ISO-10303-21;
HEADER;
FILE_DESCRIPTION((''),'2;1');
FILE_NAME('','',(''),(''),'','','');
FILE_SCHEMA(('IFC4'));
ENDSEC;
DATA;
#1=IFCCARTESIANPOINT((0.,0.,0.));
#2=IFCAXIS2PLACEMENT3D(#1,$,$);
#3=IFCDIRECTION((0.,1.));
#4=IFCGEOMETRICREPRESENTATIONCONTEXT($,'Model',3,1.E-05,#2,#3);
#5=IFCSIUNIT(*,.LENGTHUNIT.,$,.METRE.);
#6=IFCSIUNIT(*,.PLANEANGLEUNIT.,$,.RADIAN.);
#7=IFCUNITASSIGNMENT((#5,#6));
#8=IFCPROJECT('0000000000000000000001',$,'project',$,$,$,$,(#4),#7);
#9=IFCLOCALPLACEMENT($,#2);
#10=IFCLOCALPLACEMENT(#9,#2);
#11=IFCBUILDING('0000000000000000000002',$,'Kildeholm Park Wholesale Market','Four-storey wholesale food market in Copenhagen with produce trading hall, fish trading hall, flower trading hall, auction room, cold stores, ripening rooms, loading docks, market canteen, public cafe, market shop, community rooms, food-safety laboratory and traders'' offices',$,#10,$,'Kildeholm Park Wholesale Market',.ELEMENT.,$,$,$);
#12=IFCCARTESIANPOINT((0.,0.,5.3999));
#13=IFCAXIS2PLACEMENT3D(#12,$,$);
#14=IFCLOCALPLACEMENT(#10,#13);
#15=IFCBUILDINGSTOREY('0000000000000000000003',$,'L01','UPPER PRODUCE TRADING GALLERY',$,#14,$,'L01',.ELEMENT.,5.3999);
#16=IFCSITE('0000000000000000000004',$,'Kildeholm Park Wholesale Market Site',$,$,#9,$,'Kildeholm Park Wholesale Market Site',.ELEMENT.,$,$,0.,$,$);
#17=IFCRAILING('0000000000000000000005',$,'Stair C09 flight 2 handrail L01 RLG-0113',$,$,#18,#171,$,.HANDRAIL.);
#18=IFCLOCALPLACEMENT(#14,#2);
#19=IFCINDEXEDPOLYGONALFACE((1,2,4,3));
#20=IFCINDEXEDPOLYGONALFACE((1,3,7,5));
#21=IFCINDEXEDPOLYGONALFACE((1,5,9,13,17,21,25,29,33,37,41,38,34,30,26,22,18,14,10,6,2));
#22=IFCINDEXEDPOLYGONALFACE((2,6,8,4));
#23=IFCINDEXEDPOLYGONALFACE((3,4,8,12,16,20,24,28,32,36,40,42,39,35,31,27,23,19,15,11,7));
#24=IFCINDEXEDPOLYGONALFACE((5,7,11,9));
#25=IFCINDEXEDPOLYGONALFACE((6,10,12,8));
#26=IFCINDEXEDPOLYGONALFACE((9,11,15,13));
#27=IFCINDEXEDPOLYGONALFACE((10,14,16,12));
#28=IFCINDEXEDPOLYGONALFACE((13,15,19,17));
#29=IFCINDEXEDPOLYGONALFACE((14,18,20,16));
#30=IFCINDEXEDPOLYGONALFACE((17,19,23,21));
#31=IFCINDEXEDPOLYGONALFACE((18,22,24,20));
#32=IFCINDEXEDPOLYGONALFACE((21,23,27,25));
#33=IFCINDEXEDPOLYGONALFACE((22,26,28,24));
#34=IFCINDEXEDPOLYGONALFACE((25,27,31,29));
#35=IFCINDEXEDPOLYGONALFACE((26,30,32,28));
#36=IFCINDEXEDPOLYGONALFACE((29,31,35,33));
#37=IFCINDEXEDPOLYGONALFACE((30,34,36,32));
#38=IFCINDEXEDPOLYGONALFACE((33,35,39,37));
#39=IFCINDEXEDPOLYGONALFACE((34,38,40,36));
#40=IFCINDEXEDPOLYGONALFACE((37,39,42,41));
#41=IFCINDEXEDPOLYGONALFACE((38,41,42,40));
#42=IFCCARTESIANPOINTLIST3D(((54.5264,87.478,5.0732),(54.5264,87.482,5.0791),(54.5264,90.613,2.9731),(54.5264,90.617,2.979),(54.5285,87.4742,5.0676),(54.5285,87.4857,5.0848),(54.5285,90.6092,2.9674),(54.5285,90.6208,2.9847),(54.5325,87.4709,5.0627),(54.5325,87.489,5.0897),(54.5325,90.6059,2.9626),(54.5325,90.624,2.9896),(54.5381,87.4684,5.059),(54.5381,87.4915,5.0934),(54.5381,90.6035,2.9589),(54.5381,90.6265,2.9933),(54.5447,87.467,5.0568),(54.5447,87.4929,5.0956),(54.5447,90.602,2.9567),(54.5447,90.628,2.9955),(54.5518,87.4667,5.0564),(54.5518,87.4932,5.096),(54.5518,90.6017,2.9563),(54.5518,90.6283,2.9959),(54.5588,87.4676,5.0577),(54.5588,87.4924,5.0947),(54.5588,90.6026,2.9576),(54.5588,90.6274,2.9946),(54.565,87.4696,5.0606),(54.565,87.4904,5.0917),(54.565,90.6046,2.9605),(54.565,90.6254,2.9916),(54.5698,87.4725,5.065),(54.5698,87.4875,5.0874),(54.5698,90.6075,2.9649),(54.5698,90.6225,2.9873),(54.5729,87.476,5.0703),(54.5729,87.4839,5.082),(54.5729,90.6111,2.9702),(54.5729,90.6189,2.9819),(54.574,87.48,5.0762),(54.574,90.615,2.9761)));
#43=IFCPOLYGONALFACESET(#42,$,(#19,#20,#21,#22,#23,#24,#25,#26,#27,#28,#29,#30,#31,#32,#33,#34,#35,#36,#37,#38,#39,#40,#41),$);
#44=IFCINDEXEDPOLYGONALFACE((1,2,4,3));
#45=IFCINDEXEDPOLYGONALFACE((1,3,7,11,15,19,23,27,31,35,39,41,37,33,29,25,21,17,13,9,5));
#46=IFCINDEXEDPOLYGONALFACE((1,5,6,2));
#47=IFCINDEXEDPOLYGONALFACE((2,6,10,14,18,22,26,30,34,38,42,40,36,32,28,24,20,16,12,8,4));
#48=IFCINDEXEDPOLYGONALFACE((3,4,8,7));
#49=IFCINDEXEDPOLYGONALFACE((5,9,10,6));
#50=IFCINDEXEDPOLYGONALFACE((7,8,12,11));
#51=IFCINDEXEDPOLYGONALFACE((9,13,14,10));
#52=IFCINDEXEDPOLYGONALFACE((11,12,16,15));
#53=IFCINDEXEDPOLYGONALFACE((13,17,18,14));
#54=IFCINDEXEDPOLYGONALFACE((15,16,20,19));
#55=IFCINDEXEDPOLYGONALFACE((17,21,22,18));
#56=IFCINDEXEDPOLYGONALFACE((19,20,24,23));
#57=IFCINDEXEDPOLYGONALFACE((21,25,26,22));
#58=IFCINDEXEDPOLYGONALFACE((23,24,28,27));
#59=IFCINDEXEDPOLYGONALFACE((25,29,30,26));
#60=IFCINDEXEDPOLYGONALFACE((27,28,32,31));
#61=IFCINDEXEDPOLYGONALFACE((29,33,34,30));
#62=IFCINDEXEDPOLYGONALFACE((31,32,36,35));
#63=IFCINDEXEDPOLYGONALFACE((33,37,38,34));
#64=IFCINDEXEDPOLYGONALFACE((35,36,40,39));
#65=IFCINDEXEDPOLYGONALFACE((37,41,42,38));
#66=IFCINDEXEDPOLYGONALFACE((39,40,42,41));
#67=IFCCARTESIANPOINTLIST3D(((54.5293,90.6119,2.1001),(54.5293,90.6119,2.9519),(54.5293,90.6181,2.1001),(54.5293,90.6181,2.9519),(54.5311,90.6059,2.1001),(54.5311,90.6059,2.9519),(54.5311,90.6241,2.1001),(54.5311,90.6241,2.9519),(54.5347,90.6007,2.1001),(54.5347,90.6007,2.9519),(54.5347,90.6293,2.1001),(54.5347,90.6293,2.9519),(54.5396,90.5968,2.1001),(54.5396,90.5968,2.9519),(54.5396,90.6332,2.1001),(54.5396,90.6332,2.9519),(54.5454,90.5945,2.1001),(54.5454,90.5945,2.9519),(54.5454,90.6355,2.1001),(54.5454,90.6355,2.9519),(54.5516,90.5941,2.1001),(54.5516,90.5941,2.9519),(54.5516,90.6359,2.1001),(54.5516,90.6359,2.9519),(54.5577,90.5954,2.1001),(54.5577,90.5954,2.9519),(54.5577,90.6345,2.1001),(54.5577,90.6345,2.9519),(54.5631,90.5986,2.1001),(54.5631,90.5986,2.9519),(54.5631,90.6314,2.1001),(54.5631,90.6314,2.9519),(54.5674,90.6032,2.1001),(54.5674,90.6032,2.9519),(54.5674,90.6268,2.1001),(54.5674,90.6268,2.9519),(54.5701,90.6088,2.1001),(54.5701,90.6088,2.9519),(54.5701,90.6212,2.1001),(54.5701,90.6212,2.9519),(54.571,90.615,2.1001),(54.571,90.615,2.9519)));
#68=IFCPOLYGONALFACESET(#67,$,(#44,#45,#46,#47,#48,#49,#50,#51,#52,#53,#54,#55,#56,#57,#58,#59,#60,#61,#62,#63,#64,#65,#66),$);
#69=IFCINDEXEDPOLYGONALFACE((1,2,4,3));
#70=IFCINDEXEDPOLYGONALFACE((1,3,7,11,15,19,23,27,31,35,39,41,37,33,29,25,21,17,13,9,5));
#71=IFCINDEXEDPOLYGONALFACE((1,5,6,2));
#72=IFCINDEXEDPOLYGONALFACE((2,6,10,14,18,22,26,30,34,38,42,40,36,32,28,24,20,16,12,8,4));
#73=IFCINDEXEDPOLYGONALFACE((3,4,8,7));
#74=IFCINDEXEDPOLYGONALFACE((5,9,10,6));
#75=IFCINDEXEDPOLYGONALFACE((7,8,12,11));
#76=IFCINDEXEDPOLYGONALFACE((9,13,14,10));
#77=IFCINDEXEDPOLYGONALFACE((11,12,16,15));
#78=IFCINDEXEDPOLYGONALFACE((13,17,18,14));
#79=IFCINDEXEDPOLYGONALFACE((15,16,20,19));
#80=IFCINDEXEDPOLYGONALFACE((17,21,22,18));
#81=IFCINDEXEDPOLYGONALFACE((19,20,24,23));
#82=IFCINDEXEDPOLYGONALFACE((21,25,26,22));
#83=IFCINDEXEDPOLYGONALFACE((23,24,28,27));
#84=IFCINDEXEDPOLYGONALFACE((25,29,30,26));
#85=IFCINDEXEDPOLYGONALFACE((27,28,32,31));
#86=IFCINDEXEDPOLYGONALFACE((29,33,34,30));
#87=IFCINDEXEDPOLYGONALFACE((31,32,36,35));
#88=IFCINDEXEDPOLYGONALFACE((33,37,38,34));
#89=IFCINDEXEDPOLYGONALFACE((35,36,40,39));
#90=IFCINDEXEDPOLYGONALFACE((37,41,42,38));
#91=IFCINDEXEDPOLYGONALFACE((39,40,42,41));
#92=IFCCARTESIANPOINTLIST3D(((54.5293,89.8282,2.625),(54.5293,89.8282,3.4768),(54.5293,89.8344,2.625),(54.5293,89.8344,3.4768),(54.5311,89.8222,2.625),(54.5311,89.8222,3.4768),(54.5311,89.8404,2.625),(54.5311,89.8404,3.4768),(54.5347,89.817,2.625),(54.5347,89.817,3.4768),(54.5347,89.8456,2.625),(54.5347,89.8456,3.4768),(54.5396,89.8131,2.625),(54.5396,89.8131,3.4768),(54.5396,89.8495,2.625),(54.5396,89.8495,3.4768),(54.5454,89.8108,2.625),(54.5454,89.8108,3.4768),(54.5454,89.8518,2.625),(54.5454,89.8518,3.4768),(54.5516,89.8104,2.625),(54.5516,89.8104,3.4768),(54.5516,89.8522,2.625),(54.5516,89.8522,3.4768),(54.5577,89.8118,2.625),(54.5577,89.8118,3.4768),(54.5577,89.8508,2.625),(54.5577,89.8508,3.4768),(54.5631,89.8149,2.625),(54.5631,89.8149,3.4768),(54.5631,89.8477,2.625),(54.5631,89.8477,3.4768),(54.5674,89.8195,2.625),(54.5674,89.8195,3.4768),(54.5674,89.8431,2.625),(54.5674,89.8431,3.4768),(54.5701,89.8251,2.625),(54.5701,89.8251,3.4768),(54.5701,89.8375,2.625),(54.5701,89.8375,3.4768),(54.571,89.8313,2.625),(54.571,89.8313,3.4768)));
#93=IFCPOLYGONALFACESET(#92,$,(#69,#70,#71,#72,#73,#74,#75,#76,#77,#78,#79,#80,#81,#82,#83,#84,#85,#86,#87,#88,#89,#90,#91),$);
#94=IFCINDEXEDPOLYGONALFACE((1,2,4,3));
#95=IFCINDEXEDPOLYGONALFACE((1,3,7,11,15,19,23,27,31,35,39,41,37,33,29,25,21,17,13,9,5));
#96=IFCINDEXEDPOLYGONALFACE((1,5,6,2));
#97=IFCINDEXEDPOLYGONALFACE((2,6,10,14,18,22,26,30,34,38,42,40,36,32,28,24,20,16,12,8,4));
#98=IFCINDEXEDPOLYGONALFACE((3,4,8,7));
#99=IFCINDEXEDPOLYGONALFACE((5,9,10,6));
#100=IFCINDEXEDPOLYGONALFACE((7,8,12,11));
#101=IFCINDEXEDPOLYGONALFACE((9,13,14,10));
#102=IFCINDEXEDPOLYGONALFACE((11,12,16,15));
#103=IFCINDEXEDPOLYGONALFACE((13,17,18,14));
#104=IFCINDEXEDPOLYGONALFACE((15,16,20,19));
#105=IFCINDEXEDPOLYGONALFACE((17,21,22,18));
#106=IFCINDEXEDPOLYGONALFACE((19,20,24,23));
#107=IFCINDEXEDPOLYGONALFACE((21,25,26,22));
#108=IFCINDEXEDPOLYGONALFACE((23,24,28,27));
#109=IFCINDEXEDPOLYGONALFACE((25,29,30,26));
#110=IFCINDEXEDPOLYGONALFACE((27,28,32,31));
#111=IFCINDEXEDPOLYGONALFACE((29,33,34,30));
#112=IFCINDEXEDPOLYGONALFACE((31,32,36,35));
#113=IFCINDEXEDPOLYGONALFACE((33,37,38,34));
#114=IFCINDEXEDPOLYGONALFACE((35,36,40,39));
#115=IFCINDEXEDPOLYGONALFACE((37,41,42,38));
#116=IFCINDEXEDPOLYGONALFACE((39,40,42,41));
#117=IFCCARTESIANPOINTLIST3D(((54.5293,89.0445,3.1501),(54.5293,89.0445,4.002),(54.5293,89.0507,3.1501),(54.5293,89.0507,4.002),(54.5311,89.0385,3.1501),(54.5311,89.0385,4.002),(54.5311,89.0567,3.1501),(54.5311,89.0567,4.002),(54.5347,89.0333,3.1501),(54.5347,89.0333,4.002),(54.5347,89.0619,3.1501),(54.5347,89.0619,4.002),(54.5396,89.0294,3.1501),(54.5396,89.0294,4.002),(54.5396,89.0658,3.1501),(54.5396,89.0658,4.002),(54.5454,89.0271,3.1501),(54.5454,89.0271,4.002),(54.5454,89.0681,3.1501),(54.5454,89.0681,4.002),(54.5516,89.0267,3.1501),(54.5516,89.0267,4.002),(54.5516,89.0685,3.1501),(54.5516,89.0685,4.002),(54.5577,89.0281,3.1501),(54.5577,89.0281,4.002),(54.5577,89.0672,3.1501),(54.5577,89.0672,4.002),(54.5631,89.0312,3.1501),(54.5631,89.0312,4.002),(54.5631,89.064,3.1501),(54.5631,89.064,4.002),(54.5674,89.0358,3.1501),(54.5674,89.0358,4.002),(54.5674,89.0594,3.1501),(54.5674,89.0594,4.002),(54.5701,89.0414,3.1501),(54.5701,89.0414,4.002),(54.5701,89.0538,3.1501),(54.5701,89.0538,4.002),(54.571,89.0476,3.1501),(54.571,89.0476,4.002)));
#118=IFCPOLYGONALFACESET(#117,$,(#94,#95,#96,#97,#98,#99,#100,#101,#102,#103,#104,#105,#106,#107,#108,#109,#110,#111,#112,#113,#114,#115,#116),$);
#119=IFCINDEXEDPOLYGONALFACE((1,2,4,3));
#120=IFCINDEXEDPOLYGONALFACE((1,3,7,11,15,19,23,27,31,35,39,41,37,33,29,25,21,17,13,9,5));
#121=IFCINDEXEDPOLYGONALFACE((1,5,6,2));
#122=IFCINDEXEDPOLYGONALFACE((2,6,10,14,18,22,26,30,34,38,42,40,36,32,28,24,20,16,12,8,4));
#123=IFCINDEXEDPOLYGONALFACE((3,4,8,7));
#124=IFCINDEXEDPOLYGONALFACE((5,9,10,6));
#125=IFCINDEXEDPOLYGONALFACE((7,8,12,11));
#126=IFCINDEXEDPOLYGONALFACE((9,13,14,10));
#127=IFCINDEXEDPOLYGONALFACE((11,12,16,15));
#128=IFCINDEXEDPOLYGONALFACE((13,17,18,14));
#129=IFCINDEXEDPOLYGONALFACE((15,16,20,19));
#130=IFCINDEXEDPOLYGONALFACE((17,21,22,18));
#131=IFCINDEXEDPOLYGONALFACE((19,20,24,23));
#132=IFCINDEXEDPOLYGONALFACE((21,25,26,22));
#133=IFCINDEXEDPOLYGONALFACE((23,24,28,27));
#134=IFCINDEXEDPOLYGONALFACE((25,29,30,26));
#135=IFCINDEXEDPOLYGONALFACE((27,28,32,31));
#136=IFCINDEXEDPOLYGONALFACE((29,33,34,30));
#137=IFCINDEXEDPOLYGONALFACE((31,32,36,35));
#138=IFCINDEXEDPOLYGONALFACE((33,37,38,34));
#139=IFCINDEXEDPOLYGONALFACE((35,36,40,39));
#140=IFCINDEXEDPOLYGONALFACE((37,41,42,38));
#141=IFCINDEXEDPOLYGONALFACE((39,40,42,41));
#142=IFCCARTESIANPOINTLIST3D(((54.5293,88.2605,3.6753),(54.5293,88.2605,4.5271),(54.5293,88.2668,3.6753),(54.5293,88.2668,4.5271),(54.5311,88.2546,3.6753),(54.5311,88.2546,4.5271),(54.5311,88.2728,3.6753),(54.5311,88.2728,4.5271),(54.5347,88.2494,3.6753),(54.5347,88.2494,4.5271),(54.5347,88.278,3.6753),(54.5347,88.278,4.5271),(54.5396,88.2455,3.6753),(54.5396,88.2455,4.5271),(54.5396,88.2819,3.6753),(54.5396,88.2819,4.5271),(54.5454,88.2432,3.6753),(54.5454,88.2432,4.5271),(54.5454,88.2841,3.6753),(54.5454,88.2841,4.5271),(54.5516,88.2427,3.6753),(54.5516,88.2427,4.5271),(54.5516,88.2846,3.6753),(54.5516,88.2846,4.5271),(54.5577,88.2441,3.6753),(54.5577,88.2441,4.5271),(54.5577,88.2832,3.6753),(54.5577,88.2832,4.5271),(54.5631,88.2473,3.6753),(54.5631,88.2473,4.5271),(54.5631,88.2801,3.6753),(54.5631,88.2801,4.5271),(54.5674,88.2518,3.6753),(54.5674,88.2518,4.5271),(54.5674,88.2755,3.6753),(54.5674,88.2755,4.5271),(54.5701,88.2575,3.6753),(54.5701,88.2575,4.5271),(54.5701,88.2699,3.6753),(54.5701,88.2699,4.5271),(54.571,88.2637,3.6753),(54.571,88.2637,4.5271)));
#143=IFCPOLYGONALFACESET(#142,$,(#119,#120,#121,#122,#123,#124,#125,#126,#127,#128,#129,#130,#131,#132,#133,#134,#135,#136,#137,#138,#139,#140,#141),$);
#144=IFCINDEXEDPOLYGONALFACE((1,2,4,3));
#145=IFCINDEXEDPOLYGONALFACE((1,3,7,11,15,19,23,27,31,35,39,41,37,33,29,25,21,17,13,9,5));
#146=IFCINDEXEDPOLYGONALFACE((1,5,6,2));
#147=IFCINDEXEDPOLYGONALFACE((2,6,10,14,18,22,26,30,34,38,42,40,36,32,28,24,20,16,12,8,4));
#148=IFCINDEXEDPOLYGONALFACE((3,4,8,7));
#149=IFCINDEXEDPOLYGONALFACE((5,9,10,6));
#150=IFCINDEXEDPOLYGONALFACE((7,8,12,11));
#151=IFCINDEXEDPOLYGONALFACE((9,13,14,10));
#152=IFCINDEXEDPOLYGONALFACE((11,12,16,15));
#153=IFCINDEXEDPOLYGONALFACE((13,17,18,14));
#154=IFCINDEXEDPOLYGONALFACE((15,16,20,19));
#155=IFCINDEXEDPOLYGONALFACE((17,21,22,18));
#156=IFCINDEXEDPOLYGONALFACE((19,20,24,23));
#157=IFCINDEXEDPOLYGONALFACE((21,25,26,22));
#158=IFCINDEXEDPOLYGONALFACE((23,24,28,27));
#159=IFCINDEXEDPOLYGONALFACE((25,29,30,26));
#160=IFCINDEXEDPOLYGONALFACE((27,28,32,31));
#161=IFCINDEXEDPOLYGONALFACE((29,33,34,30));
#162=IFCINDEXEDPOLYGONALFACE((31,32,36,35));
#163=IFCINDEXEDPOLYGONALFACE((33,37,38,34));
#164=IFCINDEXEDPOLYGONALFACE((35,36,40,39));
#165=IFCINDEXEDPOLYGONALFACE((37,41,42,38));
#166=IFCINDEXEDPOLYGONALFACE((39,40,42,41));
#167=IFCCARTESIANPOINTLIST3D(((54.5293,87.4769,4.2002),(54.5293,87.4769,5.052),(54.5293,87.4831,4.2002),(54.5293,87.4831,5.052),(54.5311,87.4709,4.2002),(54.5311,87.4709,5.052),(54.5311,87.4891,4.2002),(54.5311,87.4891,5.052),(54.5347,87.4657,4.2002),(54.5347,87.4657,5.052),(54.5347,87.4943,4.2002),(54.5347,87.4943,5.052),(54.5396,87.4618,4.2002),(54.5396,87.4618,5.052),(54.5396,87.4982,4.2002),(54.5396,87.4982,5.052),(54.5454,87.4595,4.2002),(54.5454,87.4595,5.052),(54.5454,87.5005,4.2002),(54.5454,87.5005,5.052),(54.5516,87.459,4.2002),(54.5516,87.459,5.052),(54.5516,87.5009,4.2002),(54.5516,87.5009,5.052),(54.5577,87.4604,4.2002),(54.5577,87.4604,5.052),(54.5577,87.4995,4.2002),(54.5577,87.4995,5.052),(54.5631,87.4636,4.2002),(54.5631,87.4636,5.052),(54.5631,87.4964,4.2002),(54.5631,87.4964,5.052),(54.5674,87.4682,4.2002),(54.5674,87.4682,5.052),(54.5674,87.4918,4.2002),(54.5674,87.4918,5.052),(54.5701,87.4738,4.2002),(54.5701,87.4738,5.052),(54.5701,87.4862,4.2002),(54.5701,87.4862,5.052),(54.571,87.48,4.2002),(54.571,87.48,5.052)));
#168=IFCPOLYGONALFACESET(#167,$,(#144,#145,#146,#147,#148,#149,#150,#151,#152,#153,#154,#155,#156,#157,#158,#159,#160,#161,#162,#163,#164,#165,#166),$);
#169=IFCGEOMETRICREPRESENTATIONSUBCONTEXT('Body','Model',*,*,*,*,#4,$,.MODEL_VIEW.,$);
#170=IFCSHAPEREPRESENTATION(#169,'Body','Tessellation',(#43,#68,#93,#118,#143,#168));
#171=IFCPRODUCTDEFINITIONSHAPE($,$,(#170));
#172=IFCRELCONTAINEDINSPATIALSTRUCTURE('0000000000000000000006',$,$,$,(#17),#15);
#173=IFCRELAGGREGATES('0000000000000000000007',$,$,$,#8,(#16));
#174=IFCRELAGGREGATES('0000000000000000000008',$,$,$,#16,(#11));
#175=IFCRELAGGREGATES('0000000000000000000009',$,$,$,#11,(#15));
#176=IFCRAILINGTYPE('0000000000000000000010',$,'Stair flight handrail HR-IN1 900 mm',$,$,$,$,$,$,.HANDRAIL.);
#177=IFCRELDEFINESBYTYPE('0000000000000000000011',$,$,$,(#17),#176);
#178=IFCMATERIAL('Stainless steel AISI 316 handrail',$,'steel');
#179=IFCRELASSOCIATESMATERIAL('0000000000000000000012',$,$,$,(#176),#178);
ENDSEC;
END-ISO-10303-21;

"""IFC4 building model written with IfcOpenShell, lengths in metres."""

from ifc_helpers import new_model, si_unit, direction, frame, origin, origin_2d, place, context, subcontext, project, spatial, circle, extrude, material, type_object, element, save


model = new_model("IFC4")

# Units and contexts
model_context = context("Model", 3, precision=1e-05, world=origin(), true_north=direction((0.0, 1.0)))
body_context = subcontext(model_context, "Body", "Model", "MODEL_VIEW")
ifc_project = project(units=[si_unit("LENGTHUNIT", "METRE"), si_unit("PLANEANGLEUNIT", "RADIAN")], contexts=[model_context])

# Site, building, storey
site_placement = place(None, origin())
site = spatial("IfcSite", under=ifc_project, at=site_placement, Name="Kildeholm Park Wholesale Market Site", LongName="Kildeholm Park Wholesale Market Site", CompositionType="ELEMENT", RefElevation=0.0)
building_placement = place(site_placement, origin())
building = spatial("IfcBuilding", under=site, at=building_placement, Name="Kildeholm Park Wholesale Market", Description="Four-storey wholesale food market in Copenhagen with produce trading hall, fish trading hall, flower trading hall, auction room, cold stores, ripening rooms, loading docks, market canteen, public cafe, market shop, community rooms, food-safety laboratory and traders' offices", LongName="Kildeholm Park Wholesale Market", CompositionType="ELEMENT")
storey_placement = place(building_placement, frame((0.0, 0.0, 5.3999)))
storey = spatial("IfcBuildingStorey", under=building, at=storey_placement, Name="L01", Description="UPPER PRODUCE TRADING GALLERY", LongName="L01", CompositionType="ELEMENT", Elevation=5.3999)

# Railing
ifc_material_1 = material(Name="Stainless steel AISI 316 handrail", Category="steel")
railing_type_1 = type_object("IfcRailingType", Name="Stair flight handrail HR-IN1 900 mm", PredefinedType="HANDRAIL", material=ifc_material_1)
railing_1_placement = place(storey_placement, frame((54.55, 90.615, 2.1001)))
element("IfcRailing", 1, at=railing_1_placement, inside=storey, type_object=railing_type_1, Name="Stair C09 flight 2 handrail L01 RLG-0113", PredefinedType="HANDRAIL", context=body_context, shape_type="SweptSolid", body=[
    extrude(circle(Radius=0.0239, at=origin_2d()), frame((0.0, 0.0, 0.876), z_axis=(0.0, -0.830814, 0.55655), x_axis=(1.0, 0.0, 0.0)), (0.0, 0.0, 1.0), 3.7734),
    extrude(circle(Radius=0.021, at=origin_2d()), origin(), (0.0, 0.0, 1.0), 0.8518),
    extrude(circle(Radius=0.021, at=origin_2d()), frame((0.0, -0.7837, 0.5249)), (0.0, 0.0, 1.0), 0.8518),
    extrude(circle(Radius=0.021, at=origin_2d()), frame((0.0, -1.5674, 1.05)), (0.0, 0.0, 1.0), 0.8518),
    extrude(circle(Radius=0.021, at=origin_2d()), frame((0.0, -2.3513, 1.5752)), (0.0, 0.0, 1.0), 0.8518),
    extrude(circle(Radius=0.021, at=origin_2d()), frame((0.0, -3.135, 2.1001)), (0.0, 0.0, 1.0), 0.8518),
])

save(model, "model.ifc")
